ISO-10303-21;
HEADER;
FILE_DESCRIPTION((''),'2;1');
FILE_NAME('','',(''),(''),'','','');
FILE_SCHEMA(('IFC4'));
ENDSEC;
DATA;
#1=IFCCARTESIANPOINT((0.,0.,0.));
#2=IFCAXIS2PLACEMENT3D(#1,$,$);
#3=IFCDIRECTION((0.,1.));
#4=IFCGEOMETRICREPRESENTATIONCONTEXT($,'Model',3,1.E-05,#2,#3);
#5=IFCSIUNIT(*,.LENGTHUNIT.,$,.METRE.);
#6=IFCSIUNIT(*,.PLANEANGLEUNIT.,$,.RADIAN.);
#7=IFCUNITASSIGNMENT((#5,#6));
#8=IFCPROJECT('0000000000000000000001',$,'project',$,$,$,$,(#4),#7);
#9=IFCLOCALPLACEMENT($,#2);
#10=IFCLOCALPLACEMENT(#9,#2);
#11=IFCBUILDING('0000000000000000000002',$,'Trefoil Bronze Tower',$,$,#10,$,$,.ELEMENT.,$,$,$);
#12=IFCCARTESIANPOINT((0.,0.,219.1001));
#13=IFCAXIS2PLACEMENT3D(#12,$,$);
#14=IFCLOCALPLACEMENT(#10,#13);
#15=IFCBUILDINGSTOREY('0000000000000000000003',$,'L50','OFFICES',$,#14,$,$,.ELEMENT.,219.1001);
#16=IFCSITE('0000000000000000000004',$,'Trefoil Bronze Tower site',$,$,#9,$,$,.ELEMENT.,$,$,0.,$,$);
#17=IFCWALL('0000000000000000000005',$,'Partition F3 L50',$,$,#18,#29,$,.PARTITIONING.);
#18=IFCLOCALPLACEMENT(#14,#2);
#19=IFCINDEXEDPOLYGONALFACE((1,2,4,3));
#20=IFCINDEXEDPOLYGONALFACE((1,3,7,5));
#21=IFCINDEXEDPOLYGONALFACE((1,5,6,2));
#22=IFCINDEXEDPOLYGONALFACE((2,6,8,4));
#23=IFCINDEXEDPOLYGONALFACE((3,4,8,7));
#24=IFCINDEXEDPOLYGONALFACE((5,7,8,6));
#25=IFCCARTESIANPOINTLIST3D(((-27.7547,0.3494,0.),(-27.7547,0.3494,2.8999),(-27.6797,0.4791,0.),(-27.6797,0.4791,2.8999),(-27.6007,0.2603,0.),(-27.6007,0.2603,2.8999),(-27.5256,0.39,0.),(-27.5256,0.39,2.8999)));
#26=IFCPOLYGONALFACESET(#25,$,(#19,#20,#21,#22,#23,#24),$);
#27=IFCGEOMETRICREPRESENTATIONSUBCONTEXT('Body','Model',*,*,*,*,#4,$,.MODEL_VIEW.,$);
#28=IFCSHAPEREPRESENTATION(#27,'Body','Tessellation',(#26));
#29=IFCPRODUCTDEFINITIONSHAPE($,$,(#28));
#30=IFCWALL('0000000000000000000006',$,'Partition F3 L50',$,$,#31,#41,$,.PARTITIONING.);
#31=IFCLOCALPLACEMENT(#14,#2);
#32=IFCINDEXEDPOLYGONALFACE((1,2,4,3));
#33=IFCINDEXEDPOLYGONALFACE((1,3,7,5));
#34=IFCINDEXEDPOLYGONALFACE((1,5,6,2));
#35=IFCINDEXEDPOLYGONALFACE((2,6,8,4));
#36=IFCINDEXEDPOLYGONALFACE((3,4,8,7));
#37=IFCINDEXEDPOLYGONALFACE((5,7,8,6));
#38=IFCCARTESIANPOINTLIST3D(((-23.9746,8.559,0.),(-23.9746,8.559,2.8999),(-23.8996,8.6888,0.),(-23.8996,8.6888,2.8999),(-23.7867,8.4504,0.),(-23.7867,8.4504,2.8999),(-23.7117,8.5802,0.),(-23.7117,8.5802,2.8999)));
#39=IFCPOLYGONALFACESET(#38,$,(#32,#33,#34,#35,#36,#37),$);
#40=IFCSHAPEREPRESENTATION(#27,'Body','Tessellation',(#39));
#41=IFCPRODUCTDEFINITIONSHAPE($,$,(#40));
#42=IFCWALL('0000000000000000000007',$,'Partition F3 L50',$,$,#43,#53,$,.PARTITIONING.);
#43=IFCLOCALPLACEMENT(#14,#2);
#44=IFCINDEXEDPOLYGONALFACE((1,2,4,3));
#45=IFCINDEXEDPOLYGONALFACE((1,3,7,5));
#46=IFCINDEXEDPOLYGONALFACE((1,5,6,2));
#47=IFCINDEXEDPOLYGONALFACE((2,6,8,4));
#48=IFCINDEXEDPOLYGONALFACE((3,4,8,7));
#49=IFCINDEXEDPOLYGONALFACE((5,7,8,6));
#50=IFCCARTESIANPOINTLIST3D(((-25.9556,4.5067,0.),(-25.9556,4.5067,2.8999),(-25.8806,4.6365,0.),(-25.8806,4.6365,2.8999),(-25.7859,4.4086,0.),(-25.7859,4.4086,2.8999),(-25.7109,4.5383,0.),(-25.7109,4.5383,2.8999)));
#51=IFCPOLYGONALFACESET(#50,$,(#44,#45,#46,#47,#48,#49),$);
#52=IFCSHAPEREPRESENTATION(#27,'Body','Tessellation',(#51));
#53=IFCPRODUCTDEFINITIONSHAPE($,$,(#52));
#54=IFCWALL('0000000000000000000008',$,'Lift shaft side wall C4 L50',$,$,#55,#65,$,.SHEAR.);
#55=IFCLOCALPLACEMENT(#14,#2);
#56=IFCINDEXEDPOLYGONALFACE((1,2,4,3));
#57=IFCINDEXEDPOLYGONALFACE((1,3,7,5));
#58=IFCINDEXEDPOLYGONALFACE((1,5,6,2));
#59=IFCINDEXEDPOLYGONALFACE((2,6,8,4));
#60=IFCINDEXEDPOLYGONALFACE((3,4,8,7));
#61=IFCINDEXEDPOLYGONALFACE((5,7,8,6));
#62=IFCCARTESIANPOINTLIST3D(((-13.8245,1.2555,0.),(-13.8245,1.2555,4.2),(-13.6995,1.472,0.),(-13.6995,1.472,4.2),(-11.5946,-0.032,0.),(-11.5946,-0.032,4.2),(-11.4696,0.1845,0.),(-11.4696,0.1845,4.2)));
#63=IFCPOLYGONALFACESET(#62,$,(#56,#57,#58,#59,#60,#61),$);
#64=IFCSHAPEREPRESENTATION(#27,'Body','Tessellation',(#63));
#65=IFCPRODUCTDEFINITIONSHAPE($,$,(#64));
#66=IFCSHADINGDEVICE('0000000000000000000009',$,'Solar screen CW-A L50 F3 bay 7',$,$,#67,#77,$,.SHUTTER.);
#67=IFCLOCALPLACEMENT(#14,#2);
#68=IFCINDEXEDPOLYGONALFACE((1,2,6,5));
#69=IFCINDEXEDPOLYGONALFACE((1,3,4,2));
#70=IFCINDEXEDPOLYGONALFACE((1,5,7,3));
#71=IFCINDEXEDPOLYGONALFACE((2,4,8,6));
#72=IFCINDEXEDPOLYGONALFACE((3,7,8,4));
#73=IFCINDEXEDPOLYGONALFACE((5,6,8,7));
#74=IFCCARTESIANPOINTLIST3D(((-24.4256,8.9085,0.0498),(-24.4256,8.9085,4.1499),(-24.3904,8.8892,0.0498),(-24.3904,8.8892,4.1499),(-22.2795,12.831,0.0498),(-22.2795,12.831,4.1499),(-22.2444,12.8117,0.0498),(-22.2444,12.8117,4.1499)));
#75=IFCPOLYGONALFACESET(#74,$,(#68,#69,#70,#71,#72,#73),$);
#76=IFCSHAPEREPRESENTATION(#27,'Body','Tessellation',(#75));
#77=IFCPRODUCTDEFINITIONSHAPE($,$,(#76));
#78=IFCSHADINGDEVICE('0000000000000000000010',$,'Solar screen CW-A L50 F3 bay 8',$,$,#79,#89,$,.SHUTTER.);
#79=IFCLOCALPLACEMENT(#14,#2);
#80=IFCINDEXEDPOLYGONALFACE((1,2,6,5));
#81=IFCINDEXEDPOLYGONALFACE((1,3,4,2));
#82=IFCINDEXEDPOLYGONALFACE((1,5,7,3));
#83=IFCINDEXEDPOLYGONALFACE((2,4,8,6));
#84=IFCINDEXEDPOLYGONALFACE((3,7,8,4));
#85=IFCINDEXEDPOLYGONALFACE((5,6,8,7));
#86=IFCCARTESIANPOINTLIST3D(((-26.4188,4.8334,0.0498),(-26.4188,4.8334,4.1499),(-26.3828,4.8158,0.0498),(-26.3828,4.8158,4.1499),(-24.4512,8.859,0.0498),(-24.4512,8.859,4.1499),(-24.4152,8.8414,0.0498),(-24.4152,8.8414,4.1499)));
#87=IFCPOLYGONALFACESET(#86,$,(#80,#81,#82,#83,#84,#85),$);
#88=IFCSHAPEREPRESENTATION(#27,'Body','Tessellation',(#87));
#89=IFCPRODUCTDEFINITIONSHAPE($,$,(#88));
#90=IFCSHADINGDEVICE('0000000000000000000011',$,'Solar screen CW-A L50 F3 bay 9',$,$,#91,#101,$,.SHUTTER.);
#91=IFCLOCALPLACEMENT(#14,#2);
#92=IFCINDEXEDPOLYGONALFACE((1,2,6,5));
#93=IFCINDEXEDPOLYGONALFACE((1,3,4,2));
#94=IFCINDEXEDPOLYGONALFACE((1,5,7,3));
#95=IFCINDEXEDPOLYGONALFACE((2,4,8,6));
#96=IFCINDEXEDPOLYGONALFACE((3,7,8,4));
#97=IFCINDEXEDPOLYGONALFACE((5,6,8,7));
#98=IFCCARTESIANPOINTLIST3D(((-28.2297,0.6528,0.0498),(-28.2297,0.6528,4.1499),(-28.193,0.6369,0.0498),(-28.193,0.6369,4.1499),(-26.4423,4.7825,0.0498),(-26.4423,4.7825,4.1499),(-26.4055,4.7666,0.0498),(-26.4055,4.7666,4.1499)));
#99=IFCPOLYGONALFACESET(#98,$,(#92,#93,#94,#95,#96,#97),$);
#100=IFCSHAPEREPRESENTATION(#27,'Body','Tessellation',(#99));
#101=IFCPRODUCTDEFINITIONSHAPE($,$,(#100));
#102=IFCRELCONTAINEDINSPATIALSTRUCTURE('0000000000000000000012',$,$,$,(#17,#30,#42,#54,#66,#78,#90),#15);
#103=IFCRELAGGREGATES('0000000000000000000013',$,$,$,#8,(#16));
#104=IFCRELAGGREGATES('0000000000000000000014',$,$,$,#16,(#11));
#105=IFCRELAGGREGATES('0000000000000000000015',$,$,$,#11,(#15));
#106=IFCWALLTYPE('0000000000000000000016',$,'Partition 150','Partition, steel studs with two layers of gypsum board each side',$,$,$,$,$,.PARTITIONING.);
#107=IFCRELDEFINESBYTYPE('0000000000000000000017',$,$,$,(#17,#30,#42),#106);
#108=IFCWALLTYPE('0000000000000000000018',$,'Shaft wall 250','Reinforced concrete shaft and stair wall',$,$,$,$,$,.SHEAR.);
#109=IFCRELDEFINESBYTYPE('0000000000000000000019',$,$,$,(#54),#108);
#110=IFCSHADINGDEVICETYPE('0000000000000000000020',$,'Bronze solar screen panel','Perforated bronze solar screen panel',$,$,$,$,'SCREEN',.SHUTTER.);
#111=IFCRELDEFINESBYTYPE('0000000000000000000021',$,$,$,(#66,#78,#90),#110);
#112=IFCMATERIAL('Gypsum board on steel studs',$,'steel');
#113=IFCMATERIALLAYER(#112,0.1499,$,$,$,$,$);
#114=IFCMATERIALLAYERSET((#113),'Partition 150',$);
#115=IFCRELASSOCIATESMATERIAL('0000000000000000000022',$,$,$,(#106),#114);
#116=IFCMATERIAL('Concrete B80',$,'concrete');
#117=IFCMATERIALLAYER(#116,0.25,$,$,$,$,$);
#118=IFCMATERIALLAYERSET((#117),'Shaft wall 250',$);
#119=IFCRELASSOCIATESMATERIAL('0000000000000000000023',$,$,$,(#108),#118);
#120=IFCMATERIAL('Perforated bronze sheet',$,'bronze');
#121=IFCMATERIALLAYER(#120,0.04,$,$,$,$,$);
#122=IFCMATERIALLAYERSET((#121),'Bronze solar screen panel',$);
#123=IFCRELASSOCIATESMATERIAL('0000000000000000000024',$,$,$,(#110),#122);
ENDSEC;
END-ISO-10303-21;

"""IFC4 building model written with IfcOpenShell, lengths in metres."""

from ifc_helpers import new_model, si_unit, direction, frame, frame_2d, origin, origin_2d, place, context, subcontext, project, spatial, rectangle, extrude, material, layer, layer_set, type_object, element, save


model = new_model("IFC4")

# Units and contexts
model_context = context("Model", 3, precision=1e-05, world=origin(), true_north=direction((0.0, 1.0)))
body_context = subcontext(model_context, "Body", "Model", "MODEL_VIEW")
ifc_project = project(units=[si_unit("LENGTHUNIT", "METRE"), si_unit("PLANEANGLEUNIT", "RADIAN")], contexts=[model_context])

# Site, building, storey
site_placement = place(None, origin())
site = spatial("IfcSite", under=ifc_project, at=site_placement, Name="Trefoil Bronze Tower site", CompositionType="ELEMENT", RefElevation=0.0)
building_placement = place(site_placement, origin())
building = spatial("IfcBuilding", under=site, at=building_placement, Name="Trefoil Bronze Tower", CompositionType="ELEMENT")
storey_placement = place(building_placement, frame((0.0, 0.0, 219.1001)))
storey = spatial("IfcBuildingStorey", under=building, at=storey_placement, Name="L50", Description="OFFICES", CompositionType="ELEMENT", Elevation=219.1001)

# Walls
ifc_material_1 = material(Name="Gypsum board on steel studs", Category="steel")
ifc_layer_1 = layer(ifc_material_1, 0.1499)
ifc_layer_set_1 = layer_set([ifc_layer_1], Name="Partition 150")
wall_type_1 = type_object("IfcWallType", Name="Partition 150", Description="Partition, steel studs with two layers of gypsum board each side", PredefinedType="PARTITIONING", material=ifc_layer_set_1)
wall_1_placement = place(storey_placement, frame((-27.5632, 0.3252, 0.0), z_axis=(0.0, 0.0, 1.0), x_axis=(-0.865614, 0.500712, 0.0)))
element("IfcWall", 1, at=wall_1_placement, inside=storey, type_object=wall_type_1, Name="Partition F3 L50", PredefinedType="PARTITIONING", context=body_context, shape_type="SweptSolid", body=[
    extrude(rectangle(XDim=0.178, YDim=0.1499, at=frame_2d((0.0889, 0.0))), origin(), (0.0, 0.0, 1.0), 2.8999),
])
wall_2_placement = place(storey_placement, frame((-23.7493, 8.5154, 0.0), z_axis=(0.0, 0.0, 1.0), x_axis=(-0.865811, 0.500371, 0.0)))
element("IfcWall", 2, at=wall_2_placement, inside=storey, type_object=wall_type_1, Name="Partition F3 L50", PredefinedType="PARTITIONING", context=body_context, shape_type="SweptSolid", body=[
    extrude(rectangle(XDim=0.217, YDim=0.1499, at=frame_2d((0.1084, 0.0))), origin(), (0.0, 0.0, 1.0), 2.8999),
])
wall_3_placement = place(storey_placement, frame((-25.7483, 4.4734, 0.0), z_axis=(0.0, 0.0, 1.0), x_axis=(-0.865625, 0.500693, 0.0)))
element("IfcWall", 3, at=wall_3_placement, inside=storey, type_object=wall_type_1, Name="Partition F3 L50", PredefinedType="PARTITIONING", context=body_context, shape_type="SweptSolid", body=[
    extrude(rectangle(XDim=0.196, YDim=0.1499, at=frame_2d((0.0981, 0.0))), origin(), (0.0, 0.0, 1.0), 2.8999),
])
ifc_material_2 = material(Name="Concrete B80", Category="concrete")
ifc_layer_2 = layer(ifc_material_2, 0.25)
ifc_layer_set_2 = layer_set([ifc_layer_2], Name="Shaft wall 250")
wall_type_2 = type_object("IfcWallType", Name="Shaft wall 250", Description="Reinforced concrete shaft and stair wall", PredefinedType="SHEAR", material=ifc_layer_set_2)
wall_4_placement = place(storey_placement, frame((-11.532, 0.0762, 0.0), z_axis=(0.0, 0.0, 1.0), x_axis=(-0.866006, 0.500034, 0.0)))
element("IfcWall", 4, at=wall_4_placement, inside=storey, type_object=wall_type_2, Name="Lift shaft side wall C4 L50", PredefinedType="SHEAR", context=body_context, shape_type="SweptSolid", body=[
    extrude(rectangle(XDim=2.575, YDim=0.25, at=frame_2d((1.2876, 0.0))), origin(), (0.0, 0.0, 1.0), 4.2),
])

# Shading devices
ifc_material_3 = material(Name="Perforated bronze sheet", Category="bronze")
ifc_layer_3 = layer(ifc_material_3, 0.04)
ifc_layer_set_3 = layer_set([ifc_layer_3], Name="Bronze solar screen panel")
shading_device_type = type_object("IfcShadingDeviceType", Name="Bronze solar screen panel", Description="Perforated bronze solar screen panel", ElementType="SCREEN", PredefinedType="SHUTTER", material=ifc_layer_set_3)
shading_device_1_placement = place(storey_placement, frame((-23.335, 10.8601, 0.0498), z_axis=(0.0, 0.0, 1.0), x_axis=(-0.479974, -0.877283, 0.0)))
element("IfcShadingDevice", 5, at=shading_device_1_placement, inside=storey, type_object=shading_device_type, Name="Solar screen CW-A L50 F3 bay 7", PredefinedType="SHUTTER", context=body_context, shape_type="SweptSolid", body=[
    extrude(rectangle(XDim=4.4712, YDim=0.04, at=origin_2d()), origin(), (0.0, 0.0, 1.0), 4.1001),
])
shading_device_2_placement = place(storey_placement, frame((-25.417, 6.8374, 0.0498), z_axis=(0.0, 0.0, 1.0), x_axis=(-0.439129, -0.898424, 0.0)))
element("IfcShadingDevice", 6, at=shading_device_2_placement, inside=storey, type_object=shading_device_type, Name="Solar screen CW-A L50 F3 bay 8", PredefinedType="SHUTTER", context=body_context, shape_type="SweptSolid", body=[
    extrude(rectangle(XDim=4.4807, YDim=0.04, at=origin_2d()), origin(), (0.0, 0.0, 1.0), 4.1001),
])
shading_device_3_placement = place(storey_placement, frame((-27.3176, 2.7097, 0.0498), z_axis=(0.0, 0.0, 1.0), x_axis=(-0.39722, -0.917723, 0.0)))
element("IfcShadingDevice", 7, at=shading_device_3_placement, inside=storey, type_object=shading_device_type, Name="Solar screen CW-A L50 F3 bay 9", PredefinedType="SHUTTER", context=body_context, shape_type="SweptSolid", body=[
    extrude(rectangle(XDim=4.5, YDim=0.04, at=origin_2d()), origin(), (0.0, 0.0, 1.0), 4.1001),
])

save(model, "model.ifc")
